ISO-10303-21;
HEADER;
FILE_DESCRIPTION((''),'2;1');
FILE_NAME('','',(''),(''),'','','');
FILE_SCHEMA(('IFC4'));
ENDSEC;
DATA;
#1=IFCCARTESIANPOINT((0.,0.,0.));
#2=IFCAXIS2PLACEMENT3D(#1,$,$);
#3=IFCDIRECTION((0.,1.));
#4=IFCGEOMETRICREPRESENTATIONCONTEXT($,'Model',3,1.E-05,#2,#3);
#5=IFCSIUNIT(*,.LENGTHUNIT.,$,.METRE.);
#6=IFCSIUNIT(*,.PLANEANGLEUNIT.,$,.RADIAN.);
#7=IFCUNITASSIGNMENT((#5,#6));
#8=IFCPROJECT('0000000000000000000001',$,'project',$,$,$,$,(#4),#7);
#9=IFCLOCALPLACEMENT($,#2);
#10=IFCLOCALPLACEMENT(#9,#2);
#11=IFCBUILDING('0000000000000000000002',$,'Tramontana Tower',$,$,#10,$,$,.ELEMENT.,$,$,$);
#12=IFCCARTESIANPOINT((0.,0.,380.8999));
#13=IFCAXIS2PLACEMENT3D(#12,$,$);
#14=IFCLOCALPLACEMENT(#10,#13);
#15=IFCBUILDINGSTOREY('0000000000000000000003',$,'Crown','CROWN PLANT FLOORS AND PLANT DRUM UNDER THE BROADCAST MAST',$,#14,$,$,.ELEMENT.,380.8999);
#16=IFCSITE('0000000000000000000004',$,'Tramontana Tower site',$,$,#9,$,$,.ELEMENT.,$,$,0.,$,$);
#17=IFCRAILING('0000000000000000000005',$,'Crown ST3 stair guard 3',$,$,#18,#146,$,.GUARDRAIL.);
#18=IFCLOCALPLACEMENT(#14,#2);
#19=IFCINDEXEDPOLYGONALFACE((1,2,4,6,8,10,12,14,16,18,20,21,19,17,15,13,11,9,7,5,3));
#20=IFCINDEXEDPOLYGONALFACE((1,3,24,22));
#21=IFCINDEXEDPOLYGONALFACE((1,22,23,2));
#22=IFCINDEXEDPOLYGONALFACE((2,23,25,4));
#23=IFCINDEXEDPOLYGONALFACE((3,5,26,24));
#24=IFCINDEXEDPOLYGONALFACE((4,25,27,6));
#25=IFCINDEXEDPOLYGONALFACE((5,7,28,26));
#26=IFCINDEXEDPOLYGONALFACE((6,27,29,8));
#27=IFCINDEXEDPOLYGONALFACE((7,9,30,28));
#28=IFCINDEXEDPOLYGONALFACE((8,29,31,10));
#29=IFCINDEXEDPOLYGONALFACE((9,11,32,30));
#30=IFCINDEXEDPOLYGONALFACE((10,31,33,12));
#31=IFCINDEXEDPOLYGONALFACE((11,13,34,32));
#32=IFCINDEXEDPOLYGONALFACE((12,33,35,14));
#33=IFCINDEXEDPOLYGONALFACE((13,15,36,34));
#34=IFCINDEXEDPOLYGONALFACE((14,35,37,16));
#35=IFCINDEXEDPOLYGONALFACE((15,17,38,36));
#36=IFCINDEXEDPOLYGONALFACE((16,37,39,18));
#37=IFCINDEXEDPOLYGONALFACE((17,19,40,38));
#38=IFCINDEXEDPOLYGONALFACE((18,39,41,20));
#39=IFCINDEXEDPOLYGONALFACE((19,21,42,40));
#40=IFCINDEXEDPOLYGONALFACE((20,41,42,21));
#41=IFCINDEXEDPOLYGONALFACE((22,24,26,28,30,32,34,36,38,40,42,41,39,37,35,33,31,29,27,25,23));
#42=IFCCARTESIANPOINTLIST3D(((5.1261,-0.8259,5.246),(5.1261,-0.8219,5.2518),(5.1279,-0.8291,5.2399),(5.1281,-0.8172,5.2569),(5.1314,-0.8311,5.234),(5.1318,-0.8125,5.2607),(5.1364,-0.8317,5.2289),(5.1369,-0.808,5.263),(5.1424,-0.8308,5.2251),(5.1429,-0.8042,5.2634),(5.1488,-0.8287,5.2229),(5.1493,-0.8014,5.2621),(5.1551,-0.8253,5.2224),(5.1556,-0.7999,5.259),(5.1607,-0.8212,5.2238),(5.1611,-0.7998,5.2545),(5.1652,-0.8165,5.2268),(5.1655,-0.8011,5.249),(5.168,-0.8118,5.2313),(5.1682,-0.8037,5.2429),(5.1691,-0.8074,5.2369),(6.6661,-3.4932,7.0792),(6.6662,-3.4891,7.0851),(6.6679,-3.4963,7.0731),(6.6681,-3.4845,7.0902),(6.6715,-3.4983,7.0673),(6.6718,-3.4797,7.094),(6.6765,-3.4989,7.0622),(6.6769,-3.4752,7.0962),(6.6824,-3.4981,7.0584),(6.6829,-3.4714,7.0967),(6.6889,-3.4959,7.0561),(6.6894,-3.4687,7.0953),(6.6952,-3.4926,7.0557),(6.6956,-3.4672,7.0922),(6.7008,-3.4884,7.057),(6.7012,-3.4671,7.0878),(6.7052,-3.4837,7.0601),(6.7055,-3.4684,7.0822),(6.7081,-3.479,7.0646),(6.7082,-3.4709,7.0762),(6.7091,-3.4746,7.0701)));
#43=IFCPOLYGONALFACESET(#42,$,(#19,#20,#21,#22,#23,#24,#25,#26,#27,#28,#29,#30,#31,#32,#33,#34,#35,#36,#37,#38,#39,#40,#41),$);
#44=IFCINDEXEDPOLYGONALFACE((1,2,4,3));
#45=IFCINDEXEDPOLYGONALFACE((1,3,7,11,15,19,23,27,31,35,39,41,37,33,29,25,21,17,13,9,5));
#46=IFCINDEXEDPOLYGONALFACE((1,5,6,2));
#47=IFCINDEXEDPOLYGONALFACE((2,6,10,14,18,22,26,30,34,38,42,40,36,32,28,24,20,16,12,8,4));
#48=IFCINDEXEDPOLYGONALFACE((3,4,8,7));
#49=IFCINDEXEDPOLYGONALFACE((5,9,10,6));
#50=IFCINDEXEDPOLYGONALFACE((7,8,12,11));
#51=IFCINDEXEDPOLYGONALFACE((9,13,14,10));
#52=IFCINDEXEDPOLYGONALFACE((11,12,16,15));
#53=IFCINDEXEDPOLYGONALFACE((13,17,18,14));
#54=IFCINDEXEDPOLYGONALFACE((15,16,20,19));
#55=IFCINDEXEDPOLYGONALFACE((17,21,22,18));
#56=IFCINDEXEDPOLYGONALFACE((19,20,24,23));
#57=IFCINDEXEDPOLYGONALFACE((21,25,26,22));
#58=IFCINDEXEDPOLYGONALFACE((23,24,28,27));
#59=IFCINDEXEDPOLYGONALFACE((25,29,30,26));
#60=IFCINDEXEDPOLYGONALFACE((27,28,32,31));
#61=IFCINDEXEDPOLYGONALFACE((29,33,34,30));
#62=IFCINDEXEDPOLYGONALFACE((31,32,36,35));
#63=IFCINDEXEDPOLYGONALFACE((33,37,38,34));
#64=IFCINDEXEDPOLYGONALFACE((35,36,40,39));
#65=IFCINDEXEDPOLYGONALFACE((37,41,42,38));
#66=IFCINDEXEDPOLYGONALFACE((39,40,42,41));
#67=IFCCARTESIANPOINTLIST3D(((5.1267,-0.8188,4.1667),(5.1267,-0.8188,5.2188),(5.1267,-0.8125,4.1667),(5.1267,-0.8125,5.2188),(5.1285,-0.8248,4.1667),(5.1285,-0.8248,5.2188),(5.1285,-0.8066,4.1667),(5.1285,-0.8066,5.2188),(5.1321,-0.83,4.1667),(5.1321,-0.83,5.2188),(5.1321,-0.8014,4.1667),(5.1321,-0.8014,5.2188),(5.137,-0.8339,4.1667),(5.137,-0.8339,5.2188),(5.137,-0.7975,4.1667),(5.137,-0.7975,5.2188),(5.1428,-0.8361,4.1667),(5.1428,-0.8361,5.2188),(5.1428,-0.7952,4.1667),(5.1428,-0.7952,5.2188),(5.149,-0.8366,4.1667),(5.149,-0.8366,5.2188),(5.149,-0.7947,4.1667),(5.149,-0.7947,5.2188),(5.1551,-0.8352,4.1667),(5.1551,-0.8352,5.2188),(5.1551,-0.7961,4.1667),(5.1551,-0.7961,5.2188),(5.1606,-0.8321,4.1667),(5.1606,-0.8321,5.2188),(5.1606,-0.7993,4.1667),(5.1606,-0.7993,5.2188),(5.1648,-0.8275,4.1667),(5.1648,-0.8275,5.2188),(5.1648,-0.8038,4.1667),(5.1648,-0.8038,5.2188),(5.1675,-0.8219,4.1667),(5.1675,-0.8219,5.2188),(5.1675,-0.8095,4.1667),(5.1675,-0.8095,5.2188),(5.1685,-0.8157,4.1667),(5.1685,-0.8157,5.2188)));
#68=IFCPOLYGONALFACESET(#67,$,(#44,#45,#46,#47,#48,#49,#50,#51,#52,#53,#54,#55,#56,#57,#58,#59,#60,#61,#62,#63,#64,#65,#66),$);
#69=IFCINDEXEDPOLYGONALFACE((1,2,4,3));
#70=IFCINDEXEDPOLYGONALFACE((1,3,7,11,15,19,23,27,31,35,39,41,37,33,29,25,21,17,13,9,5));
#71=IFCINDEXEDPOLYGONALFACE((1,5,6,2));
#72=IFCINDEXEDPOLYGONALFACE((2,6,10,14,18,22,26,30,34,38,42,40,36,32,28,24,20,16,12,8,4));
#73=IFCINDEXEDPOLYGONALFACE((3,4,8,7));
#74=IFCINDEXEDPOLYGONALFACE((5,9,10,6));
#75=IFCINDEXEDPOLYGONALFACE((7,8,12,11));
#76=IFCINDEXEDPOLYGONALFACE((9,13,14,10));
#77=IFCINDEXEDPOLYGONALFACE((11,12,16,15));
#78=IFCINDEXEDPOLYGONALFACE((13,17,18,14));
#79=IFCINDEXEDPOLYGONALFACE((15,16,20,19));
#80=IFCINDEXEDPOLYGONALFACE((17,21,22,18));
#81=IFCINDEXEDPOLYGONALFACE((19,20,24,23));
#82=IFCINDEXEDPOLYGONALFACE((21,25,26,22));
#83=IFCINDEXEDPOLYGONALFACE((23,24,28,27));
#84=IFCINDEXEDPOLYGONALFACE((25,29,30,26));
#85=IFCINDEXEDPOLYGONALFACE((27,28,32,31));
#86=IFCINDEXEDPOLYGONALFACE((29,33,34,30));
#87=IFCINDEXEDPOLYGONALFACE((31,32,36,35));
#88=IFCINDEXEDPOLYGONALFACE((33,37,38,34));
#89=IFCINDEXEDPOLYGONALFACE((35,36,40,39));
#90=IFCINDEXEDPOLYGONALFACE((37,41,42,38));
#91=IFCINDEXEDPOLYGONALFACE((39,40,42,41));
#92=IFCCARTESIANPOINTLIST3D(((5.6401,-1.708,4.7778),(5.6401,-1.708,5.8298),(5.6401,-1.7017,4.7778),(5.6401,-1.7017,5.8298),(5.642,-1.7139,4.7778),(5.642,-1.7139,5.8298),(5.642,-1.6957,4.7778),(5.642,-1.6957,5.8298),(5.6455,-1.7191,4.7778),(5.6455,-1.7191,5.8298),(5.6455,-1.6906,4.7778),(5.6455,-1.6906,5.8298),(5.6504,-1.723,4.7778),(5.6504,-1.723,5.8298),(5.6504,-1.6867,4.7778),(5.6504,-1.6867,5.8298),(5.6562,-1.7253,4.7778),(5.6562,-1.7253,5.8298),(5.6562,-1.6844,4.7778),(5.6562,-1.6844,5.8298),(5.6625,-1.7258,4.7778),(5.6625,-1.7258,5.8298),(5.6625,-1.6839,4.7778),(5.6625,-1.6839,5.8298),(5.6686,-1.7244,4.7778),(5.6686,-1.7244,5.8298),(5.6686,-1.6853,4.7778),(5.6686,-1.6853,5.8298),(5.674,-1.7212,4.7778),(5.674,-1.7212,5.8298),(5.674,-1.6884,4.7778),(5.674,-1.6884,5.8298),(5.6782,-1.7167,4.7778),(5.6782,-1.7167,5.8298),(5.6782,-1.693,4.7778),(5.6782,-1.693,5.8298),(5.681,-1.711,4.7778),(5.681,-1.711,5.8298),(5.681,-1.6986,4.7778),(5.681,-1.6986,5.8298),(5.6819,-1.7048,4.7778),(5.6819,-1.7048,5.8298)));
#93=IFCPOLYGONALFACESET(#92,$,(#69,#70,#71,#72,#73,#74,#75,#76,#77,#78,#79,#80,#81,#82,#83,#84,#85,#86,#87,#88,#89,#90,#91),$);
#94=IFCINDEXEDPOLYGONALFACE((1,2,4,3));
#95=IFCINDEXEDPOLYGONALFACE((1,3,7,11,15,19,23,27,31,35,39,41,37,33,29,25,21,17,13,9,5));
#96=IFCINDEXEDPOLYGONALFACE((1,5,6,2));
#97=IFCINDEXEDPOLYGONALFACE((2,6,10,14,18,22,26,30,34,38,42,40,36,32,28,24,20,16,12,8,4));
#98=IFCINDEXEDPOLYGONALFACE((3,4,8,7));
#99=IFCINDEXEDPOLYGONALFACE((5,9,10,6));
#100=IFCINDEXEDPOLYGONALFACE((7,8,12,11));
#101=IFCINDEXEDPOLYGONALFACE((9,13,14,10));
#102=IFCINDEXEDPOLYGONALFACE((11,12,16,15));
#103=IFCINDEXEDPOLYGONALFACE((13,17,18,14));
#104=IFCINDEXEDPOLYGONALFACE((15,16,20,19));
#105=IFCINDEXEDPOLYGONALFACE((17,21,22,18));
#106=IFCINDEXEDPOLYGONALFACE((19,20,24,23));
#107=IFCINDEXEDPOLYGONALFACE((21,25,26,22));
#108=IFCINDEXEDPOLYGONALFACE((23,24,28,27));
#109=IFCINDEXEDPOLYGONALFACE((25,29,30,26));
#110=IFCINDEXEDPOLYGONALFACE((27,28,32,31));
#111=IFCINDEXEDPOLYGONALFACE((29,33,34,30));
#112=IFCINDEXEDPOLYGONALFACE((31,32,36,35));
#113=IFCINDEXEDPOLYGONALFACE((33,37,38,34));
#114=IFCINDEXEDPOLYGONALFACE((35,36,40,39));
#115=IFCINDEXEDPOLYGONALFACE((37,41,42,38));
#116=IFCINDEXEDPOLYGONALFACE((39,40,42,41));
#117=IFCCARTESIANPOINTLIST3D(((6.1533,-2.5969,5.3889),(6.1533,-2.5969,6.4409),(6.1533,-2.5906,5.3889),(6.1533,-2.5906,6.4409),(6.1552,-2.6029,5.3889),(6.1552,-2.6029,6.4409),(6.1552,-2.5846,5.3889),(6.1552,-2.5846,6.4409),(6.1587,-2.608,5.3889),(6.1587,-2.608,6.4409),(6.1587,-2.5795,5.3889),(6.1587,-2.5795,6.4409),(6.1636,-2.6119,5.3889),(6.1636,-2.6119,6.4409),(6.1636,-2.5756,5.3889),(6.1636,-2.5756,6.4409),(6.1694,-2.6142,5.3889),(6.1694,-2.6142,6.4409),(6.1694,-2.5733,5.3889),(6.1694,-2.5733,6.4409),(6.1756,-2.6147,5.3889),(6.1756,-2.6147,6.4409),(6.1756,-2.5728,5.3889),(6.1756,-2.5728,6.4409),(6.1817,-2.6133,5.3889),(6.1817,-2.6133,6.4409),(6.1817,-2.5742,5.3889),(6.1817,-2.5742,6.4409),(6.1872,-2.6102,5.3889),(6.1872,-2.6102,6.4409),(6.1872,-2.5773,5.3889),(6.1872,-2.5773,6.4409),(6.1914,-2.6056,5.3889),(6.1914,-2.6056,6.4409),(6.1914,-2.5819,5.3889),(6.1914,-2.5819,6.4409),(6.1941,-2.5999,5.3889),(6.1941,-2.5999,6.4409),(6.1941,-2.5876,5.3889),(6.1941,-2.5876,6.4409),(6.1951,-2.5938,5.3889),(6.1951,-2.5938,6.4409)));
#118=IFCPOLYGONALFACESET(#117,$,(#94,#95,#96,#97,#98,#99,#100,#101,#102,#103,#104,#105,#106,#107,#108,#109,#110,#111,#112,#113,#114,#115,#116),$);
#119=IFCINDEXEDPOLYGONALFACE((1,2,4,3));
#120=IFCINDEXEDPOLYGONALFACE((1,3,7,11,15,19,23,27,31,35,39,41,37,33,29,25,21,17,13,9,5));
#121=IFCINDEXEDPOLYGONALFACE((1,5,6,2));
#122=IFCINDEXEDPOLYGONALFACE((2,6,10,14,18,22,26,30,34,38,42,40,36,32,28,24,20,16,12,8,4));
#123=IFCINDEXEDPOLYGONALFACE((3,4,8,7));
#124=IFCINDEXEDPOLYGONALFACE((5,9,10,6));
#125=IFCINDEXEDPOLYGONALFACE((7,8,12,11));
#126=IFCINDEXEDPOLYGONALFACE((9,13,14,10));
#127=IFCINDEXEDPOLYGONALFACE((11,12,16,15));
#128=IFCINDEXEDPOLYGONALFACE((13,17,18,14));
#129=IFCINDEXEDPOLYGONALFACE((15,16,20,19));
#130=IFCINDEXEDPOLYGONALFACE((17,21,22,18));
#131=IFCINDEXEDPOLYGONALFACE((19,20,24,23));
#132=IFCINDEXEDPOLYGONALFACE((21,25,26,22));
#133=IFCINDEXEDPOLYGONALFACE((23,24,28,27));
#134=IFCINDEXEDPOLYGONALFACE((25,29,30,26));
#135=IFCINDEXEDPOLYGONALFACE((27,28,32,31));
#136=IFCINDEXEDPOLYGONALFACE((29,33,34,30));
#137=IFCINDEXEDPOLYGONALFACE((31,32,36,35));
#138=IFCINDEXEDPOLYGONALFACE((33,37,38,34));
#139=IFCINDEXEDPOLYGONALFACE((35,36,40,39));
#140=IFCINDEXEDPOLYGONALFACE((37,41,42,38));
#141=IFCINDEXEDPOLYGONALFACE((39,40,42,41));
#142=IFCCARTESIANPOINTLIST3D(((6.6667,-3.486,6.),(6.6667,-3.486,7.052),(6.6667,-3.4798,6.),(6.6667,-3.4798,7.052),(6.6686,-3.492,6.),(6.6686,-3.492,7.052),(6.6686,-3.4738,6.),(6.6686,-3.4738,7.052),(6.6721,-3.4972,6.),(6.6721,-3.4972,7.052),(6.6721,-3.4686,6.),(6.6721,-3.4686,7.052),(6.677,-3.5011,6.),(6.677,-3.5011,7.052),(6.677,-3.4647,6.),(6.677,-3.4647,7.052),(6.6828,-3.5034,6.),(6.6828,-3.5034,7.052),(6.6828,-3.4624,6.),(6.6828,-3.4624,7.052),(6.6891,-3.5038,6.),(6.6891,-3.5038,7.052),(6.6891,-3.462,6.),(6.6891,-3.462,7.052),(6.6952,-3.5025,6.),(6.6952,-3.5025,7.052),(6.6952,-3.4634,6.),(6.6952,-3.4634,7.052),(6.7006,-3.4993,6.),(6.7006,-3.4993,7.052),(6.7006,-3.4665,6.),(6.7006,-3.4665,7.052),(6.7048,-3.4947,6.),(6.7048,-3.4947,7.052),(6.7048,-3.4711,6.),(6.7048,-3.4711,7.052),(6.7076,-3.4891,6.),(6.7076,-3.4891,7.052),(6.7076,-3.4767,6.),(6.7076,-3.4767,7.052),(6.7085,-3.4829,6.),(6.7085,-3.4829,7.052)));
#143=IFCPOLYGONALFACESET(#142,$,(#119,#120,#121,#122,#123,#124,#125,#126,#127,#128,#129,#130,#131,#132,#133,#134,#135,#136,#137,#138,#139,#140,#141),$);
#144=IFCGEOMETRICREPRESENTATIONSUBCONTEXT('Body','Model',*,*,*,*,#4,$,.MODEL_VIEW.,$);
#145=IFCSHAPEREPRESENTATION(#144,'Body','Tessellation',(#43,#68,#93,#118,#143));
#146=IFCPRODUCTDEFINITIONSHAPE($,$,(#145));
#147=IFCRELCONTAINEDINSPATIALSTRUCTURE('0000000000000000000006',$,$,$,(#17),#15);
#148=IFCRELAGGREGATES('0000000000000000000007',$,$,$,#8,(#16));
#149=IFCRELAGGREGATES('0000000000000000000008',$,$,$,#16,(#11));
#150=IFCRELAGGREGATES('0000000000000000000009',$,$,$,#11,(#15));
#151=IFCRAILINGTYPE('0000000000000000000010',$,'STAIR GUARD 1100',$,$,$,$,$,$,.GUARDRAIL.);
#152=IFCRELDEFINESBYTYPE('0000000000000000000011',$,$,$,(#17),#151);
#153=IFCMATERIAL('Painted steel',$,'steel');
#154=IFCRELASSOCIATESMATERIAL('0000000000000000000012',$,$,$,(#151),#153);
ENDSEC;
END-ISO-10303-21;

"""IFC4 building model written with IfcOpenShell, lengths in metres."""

from ifc_helpers import new_model, si_unit, direction, frame, origin, origin_2d, place, context, subcontext, project, spatial, circle, extrude, material, type_object, element, save


model = new_model("IFC4")

# Units and contexts
model_context = context("Model", 3, precision=1e-05, world=origin(), true_north=direction((0.0, 1.0)))
body_context = subcontext(model_context, "Body", "Model", "MODEL_VIEW")
ifc_project = project(units=[si_unit("LENGTHUNIT", "METRE"), si_unit("PLANEANGLEUNIT", "RADIAN")], contexts=[model_context])

# Site, building, storey
site_placement = place(None, origin())
site = spatial("IfcSite", under=ifc_project, at=site_placement, Name="Tramontana Tower site", CompositionType="ELEMENT", RefElevation=0.0)
building_placement = place(site_placement, origin())
building = spatial("IfcBuilding", under=site, at=building_placement, Name="Tramontana Tower", CompositionType="ELEMENT")
storey_placement = place(building_placement, frame((0.0, 0.0, 380.8999)))
storey = spatial("IfcBuildingStorey", under=building, at=storey_placement, Name="Crown", Description="CROWN PLANT FLOORS AND PLANT DRUM UNDER THE BROADCAST MAST", CompositionType="ELEMENT", Elevation=380.8999)

# Railing
ifc_material_1 = material(Name="Painted steel", Category="steel")
railing_type = type_object("IfcRailingType", Name="STAIR GUARD 1100", PredefinedType="GUARDRAIL", material=ifc_material_1)
for number, where, name in (
    (1, (5.1475, -0.8157, 4.1667), "Crown ST3 stair guard 3"),
):
    element("IfcRailing", number, at=place(storey_placement, frame(where)), inside=storey, type_object=railing_type, Name=name, PredefinedType="GUARDRAIL", context=body_context, shape_type="SweptSolid", body=[
        extrude(circle(Radius=0.0239, at=origin_2d()), frame((0.0, 0.0, 1.0762), z_axis=(0.429671, -0.744159, 0.511478), x_axis=(0.86601, 0.500027, 0.0)), (0.0, 0.0, 1.0), 3.5842),
        extrude(circle(Radius=0.021, at=origin_2d()), origin(), (0.0, 0.0, 1.0), 1.052),
        extrude(circle(Radius=0.021, at=origin_2d()), frame((0.5134, -0.8892, 0.6111)), (0.0, 0.0, 1.0), 1.052),
        extrude(circle(Radius=0.021, at=origin_2d()), frame((1.0266, -1.7781, 1.2222)), (0.0, 0.0, 1.0), 1.052),
        extrude(circle(Radius=0.021, at=origin_2d()), frame((1.54, -2.6672, 1.8333)), (0.0, 0.0, 1.0), 1.052),
    ])

save(model, "model.ifc")
